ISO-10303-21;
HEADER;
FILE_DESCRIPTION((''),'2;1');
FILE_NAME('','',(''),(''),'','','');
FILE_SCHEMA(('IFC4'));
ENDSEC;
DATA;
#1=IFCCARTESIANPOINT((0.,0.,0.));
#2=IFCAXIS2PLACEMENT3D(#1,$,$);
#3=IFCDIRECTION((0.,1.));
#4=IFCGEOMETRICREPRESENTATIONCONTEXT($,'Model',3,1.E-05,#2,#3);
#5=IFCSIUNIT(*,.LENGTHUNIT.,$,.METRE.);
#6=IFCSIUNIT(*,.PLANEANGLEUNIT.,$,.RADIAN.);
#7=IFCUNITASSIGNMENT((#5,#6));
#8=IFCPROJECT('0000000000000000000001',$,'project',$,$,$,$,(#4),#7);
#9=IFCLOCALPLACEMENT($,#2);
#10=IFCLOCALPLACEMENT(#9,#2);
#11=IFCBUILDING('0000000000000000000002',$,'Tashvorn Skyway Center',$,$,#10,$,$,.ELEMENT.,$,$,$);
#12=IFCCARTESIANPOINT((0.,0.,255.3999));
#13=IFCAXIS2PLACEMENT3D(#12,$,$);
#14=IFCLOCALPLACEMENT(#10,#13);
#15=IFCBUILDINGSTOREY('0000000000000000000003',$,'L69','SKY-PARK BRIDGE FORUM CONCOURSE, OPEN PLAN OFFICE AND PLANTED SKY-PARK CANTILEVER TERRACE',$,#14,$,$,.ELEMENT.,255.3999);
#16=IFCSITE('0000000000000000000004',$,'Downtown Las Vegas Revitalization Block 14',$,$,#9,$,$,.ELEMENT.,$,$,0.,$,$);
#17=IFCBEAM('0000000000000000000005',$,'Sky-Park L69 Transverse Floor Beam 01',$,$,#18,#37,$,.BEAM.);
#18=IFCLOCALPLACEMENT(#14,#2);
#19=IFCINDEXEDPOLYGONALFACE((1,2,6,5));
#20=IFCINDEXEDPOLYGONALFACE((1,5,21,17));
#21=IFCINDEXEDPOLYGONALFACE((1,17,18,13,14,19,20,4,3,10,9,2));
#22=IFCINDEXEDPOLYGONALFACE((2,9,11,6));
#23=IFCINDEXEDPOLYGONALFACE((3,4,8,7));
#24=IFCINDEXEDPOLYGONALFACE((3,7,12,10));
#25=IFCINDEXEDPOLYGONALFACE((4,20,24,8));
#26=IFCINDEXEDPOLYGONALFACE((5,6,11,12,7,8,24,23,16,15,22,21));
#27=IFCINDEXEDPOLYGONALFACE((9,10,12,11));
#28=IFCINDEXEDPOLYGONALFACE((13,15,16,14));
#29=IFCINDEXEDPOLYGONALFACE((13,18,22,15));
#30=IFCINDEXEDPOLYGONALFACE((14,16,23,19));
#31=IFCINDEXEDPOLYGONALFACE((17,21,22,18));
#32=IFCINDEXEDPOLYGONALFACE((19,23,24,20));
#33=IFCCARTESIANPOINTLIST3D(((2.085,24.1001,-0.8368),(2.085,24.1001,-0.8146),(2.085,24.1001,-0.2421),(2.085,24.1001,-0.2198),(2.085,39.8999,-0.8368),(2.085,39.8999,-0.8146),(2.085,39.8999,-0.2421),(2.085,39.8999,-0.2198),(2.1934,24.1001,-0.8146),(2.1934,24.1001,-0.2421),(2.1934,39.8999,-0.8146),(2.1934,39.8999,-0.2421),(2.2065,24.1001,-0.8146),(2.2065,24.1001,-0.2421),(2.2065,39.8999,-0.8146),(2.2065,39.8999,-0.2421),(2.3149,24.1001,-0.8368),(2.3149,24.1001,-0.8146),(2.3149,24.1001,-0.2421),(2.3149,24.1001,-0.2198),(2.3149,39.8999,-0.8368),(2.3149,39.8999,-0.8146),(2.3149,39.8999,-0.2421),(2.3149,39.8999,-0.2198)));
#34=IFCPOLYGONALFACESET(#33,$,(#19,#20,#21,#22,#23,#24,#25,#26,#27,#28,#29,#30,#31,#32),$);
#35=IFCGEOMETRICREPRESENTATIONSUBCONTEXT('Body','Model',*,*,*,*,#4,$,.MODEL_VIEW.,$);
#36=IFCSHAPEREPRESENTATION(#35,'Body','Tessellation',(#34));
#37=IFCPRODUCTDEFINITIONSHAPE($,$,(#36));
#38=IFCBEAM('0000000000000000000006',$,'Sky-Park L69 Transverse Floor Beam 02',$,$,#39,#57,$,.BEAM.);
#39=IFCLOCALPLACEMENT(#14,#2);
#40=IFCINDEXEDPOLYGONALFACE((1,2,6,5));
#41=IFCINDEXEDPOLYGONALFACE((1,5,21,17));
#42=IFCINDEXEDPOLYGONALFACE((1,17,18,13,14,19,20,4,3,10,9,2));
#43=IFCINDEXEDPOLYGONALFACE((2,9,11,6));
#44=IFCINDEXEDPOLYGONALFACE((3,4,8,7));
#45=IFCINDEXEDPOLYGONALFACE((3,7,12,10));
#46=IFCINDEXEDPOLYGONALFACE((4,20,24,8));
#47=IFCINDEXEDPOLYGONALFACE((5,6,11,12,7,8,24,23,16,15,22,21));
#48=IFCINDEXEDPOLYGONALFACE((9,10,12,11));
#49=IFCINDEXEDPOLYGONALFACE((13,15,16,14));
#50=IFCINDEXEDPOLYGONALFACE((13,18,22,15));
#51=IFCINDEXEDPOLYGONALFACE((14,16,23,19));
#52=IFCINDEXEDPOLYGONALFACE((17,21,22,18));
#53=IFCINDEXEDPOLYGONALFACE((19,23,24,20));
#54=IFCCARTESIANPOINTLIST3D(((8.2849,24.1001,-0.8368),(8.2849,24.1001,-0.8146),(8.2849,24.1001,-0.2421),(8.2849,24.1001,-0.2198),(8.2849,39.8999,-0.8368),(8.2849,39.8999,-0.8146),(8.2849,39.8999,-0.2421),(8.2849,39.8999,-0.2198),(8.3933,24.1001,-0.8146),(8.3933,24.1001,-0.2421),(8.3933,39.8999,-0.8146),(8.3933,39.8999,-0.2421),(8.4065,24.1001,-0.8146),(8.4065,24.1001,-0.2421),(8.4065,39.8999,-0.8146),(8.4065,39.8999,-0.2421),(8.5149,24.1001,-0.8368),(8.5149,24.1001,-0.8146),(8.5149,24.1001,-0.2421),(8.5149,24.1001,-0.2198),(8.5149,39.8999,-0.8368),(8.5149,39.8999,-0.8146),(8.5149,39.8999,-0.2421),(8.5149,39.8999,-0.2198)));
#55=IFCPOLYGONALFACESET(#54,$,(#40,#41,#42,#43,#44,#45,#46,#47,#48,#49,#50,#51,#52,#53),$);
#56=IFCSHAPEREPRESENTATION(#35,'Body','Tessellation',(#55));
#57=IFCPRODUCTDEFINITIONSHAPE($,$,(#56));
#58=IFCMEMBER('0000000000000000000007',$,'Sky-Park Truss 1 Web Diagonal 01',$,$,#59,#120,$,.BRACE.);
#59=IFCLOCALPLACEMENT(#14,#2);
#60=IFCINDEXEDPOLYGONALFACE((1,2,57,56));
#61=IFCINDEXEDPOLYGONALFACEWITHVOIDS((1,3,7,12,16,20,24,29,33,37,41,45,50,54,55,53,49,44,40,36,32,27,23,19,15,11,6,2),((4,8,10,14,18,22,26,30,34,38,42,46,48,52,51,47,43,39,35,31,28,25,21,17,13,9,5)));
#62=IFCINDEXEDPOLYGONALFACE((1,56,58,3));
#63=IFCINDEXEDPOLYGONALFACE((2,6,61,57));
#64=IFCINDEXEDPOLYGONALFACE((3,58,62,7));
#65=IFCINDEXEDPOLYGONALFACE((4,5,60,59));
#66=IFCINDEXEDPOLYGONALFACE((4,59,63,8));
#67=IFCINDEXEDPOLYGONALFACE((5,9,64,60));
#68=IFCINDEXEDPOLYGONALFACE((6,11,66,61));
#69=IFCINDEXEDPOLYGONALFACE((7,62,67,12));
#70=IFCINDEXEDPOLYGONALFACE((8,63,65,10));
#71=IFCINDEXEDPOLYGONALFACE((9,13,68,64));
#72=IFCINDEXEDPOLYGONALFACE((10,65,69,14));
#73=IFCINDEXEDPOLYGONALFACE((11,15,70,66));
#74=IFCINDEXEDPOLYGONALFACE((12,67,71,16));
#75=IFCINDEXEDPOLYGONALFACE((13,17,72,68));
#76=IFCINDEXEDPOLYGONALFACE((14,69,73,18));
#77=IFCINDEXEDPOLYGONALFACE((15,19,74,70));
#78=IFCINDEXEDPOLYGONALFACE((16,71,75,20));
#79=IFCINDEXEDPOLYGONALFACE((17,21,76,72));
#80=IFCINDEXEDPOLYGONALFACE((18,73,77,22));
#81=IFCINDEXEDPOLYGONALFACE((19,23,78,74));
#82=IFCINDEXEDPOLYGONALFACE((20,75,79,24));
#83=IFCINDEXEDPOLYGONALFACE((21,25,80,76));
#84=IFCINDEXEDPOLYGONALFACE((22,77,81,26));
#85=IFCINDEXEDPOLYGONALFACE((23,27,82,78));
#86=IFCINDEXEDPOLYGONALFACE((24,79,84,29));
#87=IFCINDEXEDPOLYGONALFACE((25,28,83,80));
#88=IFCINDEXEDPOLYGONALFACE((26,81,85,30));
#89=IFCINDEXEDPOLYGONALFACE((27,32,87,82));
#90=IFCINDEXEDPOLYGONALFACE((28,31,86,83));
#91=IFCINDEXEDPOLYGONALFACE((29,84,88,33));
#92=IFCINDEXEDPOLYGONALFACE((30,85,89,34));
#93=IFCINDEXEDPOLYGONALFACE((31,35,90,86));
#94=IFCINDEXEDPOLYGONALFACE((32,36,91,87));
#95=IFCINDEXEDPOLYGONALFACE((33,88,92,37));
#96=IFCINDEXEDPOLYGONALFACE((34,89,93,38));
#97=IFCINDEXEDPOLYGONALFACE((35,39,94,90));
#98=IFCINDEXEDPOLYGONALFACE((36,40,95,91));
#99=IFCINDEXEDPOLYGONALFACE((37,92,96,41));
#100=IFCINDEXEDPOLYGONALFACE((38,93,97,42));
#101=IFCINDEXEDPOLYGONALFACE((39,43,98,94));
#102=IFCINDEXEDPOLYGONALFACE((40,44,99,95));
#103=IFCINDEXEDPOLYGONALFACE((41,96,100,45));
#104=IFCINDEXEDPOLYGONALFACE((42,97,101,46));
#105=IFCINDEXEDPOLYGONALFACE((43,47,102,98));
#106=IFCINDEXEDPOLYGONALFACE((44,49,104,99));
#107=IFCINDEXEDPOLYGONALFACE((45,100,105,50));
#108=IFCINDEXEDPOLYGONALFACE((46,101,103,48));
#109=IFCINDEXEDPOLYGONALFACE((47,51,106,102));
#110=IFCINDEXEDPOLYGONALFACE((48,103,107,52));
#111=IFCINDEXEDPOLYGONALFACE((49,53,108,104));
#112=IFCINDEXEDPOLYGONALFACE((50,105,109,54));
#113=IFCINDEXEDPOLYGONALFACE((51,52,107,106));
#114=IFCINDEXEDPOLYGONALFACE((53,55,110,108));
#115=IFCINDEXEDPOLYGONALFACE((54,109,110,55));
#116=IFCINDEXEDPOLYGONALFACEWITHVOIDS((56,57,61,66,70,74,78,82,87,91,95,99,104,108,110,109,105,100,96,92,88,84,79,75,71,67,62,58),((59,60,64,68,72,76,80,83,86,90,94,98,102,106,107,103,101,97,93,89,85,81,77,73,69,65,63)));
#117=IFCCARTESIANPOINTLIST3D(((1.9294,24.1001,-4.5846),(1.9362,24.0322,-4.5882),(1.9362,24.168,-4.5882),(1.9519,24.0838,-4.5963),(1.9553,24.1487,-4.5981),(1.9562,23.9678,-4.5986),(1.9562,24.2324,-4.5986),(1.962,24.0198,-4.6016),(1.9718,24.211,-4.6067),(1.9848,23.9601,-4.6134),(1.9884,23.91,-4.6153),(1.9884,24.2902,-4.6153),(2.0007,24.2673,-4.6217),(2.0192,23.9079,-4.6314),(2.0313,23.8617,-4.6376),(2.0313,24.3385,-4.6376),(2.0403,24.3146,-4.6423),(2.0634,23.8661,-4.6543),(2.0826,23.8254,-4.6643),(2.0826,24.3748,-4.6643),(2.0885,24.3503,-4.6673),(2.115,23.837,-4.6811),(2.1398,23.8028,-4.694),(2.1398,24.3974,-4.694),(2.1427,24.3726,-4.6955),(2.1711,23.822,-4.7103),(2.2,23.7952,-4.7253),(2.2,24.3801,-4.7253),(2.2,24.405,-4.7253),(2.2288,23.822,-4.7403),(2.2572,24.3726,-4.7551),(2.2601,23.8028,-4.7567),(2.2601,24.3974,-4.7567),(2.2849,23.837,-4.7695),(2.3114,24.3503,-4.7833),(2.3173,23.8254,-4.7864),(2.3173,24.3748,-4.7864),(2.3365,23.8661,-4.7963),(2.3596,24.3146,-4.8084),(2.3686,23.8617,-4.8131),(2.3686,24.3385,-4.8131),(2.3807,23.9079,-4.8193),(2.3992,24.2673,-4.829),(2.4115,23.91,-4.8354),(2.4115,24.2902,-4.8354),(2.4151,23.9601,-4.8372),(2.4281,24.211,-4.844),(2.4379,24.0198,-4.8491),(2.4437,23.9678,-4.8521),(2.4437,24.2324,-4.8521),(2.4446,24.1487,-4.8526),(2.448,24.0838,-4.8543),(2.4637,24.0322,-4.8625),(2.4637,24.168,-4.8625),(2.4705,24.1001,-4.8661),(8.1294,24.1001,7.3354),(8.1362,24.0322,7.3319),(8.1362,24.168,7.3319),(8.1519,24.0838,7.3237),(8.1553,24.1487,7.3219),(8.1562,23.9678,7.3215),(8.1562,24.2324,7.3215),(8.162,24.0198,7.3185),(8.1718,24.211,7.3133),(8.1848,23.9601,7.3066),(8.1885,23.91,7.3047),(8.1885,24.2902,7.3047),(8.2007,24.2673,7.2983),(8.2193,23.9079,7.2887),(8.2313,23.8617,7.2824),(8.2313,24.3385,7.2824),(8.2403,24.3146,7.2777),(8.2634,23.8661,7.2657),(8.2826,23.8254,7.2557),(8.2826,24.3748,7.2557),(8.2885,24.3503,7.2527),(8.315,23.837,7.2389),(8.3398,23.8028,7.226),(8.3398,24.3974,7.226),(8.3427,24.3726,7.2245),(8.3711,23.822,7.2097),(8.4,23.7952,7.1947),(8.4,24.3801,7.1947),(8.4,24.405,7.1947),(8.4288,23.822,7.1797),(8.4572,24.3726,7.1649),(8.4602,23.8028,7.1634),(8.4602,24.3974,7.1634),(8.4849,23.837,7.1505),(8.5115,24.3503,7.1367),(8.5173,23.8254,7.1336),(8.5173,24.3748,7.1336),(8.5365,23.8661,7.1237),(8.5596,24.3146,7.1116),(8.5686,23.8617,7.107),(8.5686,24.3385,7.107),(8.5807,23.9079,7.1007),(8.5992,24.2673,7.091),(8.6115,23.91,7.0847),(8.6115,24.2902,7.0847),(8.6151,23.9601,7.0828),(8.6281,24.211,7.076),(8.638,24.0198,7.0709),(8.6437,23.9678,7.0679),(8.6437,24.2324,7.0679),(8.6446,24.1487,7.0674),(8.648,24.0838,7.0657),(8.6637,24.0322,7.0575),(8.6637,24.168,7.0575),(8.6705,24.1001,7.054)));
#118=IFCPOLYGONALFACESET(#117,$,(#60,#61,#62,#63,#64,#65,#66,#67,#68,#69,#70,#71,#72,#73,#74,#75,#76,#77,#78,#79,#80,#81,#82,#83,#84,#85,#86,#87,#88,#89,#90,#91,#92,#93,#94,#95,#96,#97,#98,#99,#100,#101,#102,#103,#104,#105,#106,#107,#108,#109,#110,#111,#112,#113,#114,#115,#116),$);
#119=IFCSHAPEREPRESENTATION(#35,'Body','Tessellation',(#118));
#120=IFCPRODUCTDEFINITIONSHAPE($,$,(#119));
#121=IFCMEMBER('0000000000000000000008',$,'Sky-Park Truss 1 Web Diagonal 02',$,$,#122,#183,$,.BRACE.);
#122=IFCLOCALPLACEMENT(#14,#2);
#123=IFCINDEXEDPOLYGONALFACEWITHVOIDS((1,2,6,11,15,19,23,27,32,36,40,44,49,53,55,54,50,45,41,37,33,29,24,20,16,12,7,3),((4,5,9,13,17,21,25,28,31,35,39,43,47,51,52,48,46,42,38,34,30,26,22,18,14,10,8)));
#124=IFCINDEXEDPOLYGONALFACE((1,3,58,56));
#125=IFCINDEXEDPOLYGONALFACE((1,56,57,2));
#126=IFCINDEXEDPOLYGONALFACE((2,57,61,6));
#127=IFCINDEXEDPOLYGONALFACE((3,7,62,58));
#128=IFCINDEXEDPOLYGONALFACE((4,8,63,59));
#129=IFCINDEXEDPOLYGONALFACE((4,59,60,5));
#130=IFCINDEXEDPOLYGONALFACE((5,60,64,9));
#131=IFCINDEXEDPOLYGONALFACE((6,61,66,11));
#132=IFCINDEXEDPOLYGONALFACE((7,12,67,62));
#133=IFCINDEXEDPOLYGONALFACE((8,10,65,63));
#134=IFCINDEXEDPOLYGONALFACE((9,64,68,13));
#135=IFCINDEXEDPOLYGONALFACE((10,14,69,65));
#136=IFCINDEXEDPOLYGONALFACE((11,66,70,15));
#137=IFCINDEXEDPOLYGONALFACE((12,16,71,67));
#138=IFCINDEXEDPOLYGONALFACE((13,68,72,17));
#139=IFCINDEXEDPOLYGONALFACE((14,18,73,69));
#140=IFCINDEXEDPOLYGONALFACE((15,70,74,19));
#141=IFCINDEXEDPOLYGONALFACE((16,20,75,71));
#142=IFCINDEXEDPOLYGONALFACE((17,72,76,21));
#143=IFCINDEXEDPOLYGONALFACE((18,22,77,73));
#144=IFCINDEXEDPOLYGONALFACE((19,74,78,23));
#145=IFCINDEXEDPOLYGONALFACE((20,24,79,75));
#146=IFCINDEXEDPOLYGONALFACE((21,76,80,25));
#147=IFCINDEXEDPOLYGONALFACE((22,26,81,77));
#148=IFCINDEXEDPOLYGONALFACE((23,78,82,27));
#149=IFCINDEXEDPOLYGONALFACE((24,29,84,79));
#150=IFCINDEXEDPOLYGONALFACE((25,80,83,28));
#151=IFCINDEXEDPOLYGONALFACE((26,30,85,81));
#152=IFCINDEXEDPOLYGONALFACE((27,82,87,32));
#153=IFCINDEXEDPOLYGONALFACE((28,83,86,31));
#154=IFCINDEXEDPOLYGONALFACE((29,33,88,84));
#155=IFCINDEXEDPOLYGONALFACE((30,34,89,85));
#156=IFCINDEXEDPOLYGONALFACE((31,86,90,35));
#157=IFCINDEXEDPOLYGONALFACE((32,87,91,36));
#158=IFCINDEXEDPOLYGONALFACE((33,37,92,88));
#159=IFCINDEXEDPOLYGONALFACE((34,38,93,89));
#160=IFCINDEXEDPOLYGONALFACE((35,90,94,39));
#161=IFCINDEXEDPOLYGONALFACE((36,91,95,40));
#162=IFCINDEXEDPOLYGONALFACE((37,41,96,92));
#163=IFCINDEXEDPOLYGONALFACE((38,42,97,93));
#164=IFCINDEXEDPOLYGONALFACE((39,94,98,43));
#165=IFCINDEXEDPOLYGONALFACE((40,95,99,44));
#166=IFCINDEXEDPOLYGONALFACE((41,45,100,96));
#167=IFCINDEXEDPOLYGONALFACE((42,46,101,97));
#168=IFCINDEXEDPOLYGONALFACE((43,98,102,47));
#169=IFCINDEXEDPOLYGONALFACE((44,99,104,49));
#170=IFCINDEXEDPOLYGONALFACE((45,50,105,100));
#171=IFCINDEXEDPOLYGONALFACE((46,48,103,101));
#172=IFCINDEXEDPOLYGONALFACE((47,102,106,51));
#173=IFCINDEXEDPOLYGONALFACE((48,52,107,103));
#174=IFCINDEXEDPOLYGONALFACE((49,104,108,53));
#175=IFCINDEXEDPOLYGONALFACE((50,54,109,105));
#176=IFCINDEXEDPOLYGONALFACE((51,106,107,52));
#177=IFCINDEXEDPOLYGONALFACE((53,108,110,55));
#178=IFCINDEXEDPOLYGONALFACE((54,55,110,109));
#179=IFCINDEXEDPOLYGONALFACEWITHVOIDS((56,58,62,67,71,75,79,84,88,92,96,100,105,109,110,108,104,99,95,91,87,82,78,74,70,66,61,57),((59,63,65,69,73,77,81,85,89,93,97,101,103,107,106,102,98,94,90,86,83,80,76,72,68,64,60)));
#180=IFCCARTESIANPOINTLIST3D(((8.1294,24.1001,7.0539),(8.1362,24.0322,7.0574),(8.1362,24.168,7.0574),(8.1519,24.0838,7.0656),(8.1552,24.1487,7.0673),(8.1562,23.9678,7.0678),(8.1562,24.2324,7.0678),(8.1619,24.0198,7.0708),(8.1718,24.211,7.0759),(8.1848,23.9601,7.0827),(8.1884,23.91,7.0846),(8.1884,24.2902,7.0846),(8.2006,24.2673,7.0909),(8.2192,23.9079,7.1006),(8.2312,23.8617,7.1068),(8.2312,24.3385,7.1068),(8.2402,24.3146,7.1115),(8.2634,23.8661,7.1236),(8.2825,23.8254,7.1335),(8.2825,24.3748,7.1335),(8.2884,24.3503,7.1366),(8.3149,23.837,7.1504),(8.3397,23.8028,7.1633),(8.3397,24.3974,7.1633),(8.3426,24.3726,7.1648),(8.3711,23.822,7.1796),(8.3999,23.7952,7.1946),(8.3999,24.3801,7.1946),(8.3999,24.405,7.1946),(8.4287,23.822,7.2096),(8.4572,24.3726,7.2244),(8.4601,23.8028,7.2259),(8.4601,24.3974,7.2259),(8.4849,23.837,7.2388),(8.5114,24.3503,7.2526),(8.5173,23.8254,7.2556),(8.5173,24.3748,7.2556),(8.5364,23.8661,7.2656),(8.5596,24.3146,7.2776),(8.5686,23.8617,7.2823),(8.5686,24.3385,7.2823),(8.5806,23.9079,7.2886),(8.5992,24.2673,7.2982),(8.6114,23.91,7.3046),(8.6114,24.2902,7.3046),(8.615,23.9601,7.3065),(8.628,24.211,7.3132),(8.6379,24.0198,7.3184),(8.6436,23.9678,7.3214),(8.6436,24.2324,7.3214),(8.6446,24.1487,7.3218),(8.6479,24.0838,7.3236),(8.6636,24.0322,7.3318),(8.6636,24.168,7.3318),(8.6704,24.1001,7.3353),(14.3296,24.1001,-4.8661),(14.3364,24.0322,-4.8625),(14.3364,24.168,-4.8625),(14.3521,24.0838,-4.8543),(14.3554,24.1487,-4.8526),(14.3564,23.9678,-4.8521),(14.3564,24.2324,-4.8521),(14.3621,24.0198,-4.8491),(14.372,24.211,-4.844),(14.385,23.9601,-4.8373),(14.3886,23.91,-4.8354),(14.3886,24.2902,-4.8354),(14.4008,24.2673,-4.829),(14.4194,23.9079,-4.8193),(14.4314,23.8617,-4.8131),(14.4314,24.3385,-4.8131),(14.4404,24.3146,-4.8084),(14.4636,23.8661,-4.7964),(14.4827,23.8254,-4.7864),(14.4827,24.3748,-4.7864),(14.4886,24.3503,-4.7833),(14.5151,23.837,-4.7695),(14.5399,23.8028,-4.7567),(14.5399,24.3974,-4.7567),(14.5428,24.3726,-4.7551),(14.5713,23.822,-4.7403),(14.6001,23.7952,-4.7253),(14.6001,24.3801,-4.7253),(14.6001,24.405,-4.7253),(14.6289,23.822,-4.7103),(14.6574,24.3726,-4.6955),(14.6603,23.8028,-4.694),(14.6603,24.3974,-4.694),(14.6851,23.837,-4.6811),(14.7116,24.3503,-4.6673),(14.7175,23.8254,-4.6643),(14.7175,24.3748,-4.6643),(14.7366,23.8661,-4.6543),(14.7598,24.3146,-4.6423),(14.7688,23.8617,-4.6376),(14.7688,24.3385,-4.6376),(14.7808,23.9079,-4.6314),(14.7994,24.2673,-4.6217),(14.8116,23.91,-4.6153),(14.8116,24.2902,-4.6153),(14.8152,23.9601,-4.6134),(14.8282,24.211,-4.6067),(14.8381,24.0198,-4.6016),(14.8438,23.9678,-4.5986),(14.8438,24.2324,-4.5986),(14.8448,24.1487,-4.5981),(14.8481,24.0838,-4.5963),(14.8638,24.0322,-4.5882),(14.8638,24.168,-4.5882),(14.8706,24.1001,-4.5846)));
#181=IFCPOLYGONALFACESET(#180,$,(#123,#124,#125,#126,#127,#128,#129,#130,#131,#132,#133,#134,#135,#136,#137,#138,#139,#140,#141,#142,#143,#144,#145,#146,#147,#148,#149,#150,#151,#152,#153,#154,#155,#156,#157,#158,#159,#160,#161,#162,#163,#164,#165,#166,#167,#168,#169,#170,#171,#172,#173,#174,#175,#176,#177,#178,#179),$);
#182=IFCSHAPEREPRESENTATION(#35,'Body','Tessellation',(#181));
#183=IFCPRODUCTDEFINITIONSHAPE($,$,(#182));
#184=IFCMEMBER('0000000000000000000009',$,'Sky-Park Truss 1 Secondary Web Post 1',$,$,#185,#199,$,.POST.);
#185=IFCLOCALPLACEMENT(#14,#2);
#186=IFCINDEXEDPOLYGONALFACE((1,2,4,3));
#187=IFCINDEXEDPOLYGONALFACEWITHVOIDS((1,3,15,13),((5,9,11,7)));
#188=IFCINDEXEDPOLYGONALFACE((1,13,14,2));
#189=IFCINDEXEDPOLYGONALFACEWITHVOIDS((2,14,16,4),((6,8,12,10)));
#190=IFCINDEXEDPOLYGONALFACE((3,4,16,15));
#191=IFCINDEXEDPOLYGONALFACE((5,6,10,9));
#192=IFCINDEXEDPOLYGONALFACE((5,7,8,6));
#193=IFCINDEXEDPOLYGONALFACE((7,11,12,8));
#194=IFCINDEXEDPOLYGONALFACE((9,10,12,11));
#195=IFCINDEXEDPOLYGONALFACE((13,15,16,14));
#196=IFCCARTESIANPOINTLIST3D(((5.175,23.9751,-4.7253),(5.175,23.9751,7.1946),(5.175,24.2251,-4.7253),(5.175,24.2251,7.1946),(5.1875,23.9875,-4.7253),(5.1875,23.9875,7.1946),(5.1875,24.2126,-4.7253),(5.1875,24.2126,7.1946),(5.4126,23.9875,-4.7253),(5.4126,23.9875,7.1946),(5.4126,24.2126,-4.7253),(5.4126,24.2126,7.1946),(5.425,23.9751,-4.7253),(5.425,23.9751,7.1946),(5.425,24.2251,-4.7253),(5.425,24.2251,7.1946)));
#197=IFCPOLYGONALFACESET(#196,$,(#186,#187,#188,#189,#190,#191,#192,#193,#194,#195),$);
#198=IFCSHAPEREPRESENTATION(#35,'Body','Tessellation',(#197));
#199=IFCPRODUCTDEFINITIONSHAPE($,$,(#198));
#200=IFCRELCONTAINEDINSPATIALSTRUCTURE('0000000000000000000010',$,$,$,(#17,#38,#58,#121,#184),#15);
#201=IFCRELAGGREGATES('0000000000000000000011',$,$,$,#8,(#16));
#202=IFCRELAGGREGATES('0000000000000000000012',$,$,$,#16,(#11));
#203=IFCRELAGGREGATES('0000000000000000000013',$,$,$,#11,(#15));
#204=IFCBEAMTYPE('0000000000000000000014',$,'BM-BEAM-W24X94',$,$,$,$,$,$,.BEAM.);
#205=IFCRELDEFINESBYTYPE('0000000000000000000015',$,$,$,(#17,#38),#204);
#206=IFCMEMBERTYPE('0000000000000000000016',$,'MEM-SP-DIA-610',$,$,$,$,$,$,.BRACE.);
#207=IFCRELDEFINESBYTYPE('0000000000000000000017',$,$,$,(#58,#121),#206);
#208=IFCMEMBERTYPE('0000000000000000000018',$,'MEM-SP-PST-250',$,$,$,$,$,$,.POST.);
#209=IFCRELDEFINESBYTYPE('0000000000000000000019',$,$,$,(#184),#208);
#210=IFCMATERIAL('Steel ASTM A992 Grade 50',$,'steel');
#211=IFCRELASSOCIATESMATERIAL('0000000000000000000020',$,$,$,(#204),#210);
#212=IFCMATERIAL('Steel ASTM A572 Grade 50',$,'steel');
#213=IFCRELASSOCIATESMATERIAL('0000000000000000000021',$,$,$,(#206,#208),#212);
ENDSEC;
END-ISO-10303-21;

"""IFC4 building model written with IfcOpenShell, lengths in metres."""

from ifc_helpers import new_model, si_unit, direction, frame, origin, origin_2d, place, context, subcontext, project, spatial, hollow_rectangle, hollow_circle, i_section, extrude, material, material_profile, profile_set, type_object, element, save


model = new_model("IFC4")

# Units and contexts
model_context = context("Model", 3, precision=1e-05, world=origin(), true_north=direction((0.0, 1.0)))
body_context = subcontext(model_context, "Body", "Model", "MODEL_VIEW")
ifc_project = project(units=[si_unit("LENGTHUNIT", "METRE"), si_unit("PLANEANGLEUNIT", "RADIAN")], contexts=[model_context])

# Site, building, storey
site_placement = place(None, origin())
site = spatial("IfcSite", under=ifc_project, at=site_placement, Name="Downtown Las Vegas Revitalization Block 14", CompositionType="ELEMENT", RefElevation=0.0)
building_placement = place(site_placement, origin())
building = spatial("IfcBuilding", under=site, at=building_placement, Name="Tashvorn Skyway Center", CompositionType="ELEMENT")
storey_placement = place(building_placement, frame((0.0, 0.0, 255.3999)))
storey = spatial("IfcBuildingStorey", under=building, at=storey_placement, Name="L69", Description="SKY-PARK BRIDGE FORUM CONCOURSE, OPEN PLAN OFFICE AND PLANTED SKY-PARK CANTILEVER TERRACE", CompositionType="ELEMENT", Elevation=255.3999)

# Beams
ifc_material_1 = material(Name="Steel ASTM A992 Grade 50", Category="steel")
ifc_material_profile_1 = material_profile(ifc_material_1, i_section(OverallWidth=0.23, OverallDepth=0.6169, WebThickness=0.0132, FlangeThickness=0.0222, at=origin_2d()), Name="W24X94")
ifc_profile_set_1 = profile_set([ifc_material_profile_1], Name="Steel ASTM A992 Grade 50")
beam_type = type_object("IfcBeamType", Name="BM-BEAM-W24X94", PredefinedType="BEAM", material=ifc_profile_set_1)
for number, where, z_axis, x_axis, name in (
    (1, (2.2, 24.1001, -0.5283), (0.0, 1.0, 0.0), (-1.0, 0.0, 0.0), "Sky-Park L69 Transverse Floor Beam 01"),
    (2, (8.3999, 24.1001, -0.5283), (0.0, 1.0, 0.0), (-1.0, 0.0, 0.0), "Sky-Park L69 Transverse Floor Beam 02"),
):
    element("IfcBeam", number, at=place(storey_placement, frame(where, z_axis=z_axis, x_axis=x_axis)), inside=storey, type_object=beam_type, Name=name, PredefinedType="BEAM", context=body_context, shape_type="SweptSolid", body=[
        extrude(i_section(OverallWidth=0.23, OverallDepth=0.6169, WebThickness=0.0132, FlangeThickness=0.0222, at=origin_2d()), origin(), (0.0, 0.0, 1.0), 15.7998),
    ])

# Members
ifc_material_2 = material(Name="Steel ASTM A572 Grade 50", Category="steel")
ifc_material_profile_2 = material_profile(ifc_material_2, hollow_circle(Radius=0.3049, WallThickness=0.0249, at=origin_2d()), Name="CHS610x25")
ifc_profile_set_2 = profile_set([ifc_material_profile_2], Name="Steel ASTM A572 Grade 50")
member_type_1 = type_object("IfcMemberType", Name="MEM-SP-DIA-610", PredefinedType="BRACE", material=ifc_profile_set_2)
for number, where, z_axis, x_axis, name in (
    (3, (2.2, 24.1001, -4.7253), (0.461446, 0.0, 0.887168), (0.0, 1.0, 0.0), "Sky-Park Truss 1 Web Diagonal 01"),
    (4, (8.3999, 24.1001, 7.1946), (0.46146, 0.0, -0.887161), (0.0, 1.0, 0.0), "Sky-Park Truss 1 Web Diagonal 02"),
):
    element("IfcMember", number, at=place(storey_placement, frame(where, z_axis=z_axis, x_axis=x_axis)), inside=storey, type_object=member_type_1, Name=name, PredefinedType="BRACE", context=body_context, shape_type="SweptSolid", body=[
        extrude(hollow_circle(Radius=0.3049, WallThickness=0.0249, at=origin_2d()), origin(), (0.0, 0.0, 1.0), 13.436),
    ])
ifc_material_profile_3 = material_profile(ifc_material_2, hollow_rectangle(XDim=0.25, YDim=0.25, WallThickness=0.0125, at=origin_2d()), Name="HSS250x250x12.5")
ifc_profile_set_3 = profile_set([ifc_material_profile_3], Name="Steel ASTM A572 Grade 50")
member_type_2 = type_object("IfcMemberType", Name="MEM-SP-PST-250", PredefinedType="POST", material=ifc_profile_set_3)
for number, where, z_axis, x_axis, name in (
    (5, (5.3, 24.1001, -4.7253), (0.0, 0.0, 1.0), (1.0, 0.0, 0.0), "Sky-Park Truss 1 Secondary Web Post 1"),
):
    element("IfcMember", number, at=place(storey_placement, frame(where, z_axis=z_axis, x_axis=x_axis)), inside=storey, type_object=member_type_2, Name=name, PredefinedType="POST", context=body_context, shape_type="SweptSolid", body=[
        extrude(hollow_rectangle(XDim=0.25, YDim=0.25, WallThickness=0.0125, at=origin_2d()), origin(), (0.0, 0.0, 1.0), 11.9199),
    ])

save(model, "model.ifc")
